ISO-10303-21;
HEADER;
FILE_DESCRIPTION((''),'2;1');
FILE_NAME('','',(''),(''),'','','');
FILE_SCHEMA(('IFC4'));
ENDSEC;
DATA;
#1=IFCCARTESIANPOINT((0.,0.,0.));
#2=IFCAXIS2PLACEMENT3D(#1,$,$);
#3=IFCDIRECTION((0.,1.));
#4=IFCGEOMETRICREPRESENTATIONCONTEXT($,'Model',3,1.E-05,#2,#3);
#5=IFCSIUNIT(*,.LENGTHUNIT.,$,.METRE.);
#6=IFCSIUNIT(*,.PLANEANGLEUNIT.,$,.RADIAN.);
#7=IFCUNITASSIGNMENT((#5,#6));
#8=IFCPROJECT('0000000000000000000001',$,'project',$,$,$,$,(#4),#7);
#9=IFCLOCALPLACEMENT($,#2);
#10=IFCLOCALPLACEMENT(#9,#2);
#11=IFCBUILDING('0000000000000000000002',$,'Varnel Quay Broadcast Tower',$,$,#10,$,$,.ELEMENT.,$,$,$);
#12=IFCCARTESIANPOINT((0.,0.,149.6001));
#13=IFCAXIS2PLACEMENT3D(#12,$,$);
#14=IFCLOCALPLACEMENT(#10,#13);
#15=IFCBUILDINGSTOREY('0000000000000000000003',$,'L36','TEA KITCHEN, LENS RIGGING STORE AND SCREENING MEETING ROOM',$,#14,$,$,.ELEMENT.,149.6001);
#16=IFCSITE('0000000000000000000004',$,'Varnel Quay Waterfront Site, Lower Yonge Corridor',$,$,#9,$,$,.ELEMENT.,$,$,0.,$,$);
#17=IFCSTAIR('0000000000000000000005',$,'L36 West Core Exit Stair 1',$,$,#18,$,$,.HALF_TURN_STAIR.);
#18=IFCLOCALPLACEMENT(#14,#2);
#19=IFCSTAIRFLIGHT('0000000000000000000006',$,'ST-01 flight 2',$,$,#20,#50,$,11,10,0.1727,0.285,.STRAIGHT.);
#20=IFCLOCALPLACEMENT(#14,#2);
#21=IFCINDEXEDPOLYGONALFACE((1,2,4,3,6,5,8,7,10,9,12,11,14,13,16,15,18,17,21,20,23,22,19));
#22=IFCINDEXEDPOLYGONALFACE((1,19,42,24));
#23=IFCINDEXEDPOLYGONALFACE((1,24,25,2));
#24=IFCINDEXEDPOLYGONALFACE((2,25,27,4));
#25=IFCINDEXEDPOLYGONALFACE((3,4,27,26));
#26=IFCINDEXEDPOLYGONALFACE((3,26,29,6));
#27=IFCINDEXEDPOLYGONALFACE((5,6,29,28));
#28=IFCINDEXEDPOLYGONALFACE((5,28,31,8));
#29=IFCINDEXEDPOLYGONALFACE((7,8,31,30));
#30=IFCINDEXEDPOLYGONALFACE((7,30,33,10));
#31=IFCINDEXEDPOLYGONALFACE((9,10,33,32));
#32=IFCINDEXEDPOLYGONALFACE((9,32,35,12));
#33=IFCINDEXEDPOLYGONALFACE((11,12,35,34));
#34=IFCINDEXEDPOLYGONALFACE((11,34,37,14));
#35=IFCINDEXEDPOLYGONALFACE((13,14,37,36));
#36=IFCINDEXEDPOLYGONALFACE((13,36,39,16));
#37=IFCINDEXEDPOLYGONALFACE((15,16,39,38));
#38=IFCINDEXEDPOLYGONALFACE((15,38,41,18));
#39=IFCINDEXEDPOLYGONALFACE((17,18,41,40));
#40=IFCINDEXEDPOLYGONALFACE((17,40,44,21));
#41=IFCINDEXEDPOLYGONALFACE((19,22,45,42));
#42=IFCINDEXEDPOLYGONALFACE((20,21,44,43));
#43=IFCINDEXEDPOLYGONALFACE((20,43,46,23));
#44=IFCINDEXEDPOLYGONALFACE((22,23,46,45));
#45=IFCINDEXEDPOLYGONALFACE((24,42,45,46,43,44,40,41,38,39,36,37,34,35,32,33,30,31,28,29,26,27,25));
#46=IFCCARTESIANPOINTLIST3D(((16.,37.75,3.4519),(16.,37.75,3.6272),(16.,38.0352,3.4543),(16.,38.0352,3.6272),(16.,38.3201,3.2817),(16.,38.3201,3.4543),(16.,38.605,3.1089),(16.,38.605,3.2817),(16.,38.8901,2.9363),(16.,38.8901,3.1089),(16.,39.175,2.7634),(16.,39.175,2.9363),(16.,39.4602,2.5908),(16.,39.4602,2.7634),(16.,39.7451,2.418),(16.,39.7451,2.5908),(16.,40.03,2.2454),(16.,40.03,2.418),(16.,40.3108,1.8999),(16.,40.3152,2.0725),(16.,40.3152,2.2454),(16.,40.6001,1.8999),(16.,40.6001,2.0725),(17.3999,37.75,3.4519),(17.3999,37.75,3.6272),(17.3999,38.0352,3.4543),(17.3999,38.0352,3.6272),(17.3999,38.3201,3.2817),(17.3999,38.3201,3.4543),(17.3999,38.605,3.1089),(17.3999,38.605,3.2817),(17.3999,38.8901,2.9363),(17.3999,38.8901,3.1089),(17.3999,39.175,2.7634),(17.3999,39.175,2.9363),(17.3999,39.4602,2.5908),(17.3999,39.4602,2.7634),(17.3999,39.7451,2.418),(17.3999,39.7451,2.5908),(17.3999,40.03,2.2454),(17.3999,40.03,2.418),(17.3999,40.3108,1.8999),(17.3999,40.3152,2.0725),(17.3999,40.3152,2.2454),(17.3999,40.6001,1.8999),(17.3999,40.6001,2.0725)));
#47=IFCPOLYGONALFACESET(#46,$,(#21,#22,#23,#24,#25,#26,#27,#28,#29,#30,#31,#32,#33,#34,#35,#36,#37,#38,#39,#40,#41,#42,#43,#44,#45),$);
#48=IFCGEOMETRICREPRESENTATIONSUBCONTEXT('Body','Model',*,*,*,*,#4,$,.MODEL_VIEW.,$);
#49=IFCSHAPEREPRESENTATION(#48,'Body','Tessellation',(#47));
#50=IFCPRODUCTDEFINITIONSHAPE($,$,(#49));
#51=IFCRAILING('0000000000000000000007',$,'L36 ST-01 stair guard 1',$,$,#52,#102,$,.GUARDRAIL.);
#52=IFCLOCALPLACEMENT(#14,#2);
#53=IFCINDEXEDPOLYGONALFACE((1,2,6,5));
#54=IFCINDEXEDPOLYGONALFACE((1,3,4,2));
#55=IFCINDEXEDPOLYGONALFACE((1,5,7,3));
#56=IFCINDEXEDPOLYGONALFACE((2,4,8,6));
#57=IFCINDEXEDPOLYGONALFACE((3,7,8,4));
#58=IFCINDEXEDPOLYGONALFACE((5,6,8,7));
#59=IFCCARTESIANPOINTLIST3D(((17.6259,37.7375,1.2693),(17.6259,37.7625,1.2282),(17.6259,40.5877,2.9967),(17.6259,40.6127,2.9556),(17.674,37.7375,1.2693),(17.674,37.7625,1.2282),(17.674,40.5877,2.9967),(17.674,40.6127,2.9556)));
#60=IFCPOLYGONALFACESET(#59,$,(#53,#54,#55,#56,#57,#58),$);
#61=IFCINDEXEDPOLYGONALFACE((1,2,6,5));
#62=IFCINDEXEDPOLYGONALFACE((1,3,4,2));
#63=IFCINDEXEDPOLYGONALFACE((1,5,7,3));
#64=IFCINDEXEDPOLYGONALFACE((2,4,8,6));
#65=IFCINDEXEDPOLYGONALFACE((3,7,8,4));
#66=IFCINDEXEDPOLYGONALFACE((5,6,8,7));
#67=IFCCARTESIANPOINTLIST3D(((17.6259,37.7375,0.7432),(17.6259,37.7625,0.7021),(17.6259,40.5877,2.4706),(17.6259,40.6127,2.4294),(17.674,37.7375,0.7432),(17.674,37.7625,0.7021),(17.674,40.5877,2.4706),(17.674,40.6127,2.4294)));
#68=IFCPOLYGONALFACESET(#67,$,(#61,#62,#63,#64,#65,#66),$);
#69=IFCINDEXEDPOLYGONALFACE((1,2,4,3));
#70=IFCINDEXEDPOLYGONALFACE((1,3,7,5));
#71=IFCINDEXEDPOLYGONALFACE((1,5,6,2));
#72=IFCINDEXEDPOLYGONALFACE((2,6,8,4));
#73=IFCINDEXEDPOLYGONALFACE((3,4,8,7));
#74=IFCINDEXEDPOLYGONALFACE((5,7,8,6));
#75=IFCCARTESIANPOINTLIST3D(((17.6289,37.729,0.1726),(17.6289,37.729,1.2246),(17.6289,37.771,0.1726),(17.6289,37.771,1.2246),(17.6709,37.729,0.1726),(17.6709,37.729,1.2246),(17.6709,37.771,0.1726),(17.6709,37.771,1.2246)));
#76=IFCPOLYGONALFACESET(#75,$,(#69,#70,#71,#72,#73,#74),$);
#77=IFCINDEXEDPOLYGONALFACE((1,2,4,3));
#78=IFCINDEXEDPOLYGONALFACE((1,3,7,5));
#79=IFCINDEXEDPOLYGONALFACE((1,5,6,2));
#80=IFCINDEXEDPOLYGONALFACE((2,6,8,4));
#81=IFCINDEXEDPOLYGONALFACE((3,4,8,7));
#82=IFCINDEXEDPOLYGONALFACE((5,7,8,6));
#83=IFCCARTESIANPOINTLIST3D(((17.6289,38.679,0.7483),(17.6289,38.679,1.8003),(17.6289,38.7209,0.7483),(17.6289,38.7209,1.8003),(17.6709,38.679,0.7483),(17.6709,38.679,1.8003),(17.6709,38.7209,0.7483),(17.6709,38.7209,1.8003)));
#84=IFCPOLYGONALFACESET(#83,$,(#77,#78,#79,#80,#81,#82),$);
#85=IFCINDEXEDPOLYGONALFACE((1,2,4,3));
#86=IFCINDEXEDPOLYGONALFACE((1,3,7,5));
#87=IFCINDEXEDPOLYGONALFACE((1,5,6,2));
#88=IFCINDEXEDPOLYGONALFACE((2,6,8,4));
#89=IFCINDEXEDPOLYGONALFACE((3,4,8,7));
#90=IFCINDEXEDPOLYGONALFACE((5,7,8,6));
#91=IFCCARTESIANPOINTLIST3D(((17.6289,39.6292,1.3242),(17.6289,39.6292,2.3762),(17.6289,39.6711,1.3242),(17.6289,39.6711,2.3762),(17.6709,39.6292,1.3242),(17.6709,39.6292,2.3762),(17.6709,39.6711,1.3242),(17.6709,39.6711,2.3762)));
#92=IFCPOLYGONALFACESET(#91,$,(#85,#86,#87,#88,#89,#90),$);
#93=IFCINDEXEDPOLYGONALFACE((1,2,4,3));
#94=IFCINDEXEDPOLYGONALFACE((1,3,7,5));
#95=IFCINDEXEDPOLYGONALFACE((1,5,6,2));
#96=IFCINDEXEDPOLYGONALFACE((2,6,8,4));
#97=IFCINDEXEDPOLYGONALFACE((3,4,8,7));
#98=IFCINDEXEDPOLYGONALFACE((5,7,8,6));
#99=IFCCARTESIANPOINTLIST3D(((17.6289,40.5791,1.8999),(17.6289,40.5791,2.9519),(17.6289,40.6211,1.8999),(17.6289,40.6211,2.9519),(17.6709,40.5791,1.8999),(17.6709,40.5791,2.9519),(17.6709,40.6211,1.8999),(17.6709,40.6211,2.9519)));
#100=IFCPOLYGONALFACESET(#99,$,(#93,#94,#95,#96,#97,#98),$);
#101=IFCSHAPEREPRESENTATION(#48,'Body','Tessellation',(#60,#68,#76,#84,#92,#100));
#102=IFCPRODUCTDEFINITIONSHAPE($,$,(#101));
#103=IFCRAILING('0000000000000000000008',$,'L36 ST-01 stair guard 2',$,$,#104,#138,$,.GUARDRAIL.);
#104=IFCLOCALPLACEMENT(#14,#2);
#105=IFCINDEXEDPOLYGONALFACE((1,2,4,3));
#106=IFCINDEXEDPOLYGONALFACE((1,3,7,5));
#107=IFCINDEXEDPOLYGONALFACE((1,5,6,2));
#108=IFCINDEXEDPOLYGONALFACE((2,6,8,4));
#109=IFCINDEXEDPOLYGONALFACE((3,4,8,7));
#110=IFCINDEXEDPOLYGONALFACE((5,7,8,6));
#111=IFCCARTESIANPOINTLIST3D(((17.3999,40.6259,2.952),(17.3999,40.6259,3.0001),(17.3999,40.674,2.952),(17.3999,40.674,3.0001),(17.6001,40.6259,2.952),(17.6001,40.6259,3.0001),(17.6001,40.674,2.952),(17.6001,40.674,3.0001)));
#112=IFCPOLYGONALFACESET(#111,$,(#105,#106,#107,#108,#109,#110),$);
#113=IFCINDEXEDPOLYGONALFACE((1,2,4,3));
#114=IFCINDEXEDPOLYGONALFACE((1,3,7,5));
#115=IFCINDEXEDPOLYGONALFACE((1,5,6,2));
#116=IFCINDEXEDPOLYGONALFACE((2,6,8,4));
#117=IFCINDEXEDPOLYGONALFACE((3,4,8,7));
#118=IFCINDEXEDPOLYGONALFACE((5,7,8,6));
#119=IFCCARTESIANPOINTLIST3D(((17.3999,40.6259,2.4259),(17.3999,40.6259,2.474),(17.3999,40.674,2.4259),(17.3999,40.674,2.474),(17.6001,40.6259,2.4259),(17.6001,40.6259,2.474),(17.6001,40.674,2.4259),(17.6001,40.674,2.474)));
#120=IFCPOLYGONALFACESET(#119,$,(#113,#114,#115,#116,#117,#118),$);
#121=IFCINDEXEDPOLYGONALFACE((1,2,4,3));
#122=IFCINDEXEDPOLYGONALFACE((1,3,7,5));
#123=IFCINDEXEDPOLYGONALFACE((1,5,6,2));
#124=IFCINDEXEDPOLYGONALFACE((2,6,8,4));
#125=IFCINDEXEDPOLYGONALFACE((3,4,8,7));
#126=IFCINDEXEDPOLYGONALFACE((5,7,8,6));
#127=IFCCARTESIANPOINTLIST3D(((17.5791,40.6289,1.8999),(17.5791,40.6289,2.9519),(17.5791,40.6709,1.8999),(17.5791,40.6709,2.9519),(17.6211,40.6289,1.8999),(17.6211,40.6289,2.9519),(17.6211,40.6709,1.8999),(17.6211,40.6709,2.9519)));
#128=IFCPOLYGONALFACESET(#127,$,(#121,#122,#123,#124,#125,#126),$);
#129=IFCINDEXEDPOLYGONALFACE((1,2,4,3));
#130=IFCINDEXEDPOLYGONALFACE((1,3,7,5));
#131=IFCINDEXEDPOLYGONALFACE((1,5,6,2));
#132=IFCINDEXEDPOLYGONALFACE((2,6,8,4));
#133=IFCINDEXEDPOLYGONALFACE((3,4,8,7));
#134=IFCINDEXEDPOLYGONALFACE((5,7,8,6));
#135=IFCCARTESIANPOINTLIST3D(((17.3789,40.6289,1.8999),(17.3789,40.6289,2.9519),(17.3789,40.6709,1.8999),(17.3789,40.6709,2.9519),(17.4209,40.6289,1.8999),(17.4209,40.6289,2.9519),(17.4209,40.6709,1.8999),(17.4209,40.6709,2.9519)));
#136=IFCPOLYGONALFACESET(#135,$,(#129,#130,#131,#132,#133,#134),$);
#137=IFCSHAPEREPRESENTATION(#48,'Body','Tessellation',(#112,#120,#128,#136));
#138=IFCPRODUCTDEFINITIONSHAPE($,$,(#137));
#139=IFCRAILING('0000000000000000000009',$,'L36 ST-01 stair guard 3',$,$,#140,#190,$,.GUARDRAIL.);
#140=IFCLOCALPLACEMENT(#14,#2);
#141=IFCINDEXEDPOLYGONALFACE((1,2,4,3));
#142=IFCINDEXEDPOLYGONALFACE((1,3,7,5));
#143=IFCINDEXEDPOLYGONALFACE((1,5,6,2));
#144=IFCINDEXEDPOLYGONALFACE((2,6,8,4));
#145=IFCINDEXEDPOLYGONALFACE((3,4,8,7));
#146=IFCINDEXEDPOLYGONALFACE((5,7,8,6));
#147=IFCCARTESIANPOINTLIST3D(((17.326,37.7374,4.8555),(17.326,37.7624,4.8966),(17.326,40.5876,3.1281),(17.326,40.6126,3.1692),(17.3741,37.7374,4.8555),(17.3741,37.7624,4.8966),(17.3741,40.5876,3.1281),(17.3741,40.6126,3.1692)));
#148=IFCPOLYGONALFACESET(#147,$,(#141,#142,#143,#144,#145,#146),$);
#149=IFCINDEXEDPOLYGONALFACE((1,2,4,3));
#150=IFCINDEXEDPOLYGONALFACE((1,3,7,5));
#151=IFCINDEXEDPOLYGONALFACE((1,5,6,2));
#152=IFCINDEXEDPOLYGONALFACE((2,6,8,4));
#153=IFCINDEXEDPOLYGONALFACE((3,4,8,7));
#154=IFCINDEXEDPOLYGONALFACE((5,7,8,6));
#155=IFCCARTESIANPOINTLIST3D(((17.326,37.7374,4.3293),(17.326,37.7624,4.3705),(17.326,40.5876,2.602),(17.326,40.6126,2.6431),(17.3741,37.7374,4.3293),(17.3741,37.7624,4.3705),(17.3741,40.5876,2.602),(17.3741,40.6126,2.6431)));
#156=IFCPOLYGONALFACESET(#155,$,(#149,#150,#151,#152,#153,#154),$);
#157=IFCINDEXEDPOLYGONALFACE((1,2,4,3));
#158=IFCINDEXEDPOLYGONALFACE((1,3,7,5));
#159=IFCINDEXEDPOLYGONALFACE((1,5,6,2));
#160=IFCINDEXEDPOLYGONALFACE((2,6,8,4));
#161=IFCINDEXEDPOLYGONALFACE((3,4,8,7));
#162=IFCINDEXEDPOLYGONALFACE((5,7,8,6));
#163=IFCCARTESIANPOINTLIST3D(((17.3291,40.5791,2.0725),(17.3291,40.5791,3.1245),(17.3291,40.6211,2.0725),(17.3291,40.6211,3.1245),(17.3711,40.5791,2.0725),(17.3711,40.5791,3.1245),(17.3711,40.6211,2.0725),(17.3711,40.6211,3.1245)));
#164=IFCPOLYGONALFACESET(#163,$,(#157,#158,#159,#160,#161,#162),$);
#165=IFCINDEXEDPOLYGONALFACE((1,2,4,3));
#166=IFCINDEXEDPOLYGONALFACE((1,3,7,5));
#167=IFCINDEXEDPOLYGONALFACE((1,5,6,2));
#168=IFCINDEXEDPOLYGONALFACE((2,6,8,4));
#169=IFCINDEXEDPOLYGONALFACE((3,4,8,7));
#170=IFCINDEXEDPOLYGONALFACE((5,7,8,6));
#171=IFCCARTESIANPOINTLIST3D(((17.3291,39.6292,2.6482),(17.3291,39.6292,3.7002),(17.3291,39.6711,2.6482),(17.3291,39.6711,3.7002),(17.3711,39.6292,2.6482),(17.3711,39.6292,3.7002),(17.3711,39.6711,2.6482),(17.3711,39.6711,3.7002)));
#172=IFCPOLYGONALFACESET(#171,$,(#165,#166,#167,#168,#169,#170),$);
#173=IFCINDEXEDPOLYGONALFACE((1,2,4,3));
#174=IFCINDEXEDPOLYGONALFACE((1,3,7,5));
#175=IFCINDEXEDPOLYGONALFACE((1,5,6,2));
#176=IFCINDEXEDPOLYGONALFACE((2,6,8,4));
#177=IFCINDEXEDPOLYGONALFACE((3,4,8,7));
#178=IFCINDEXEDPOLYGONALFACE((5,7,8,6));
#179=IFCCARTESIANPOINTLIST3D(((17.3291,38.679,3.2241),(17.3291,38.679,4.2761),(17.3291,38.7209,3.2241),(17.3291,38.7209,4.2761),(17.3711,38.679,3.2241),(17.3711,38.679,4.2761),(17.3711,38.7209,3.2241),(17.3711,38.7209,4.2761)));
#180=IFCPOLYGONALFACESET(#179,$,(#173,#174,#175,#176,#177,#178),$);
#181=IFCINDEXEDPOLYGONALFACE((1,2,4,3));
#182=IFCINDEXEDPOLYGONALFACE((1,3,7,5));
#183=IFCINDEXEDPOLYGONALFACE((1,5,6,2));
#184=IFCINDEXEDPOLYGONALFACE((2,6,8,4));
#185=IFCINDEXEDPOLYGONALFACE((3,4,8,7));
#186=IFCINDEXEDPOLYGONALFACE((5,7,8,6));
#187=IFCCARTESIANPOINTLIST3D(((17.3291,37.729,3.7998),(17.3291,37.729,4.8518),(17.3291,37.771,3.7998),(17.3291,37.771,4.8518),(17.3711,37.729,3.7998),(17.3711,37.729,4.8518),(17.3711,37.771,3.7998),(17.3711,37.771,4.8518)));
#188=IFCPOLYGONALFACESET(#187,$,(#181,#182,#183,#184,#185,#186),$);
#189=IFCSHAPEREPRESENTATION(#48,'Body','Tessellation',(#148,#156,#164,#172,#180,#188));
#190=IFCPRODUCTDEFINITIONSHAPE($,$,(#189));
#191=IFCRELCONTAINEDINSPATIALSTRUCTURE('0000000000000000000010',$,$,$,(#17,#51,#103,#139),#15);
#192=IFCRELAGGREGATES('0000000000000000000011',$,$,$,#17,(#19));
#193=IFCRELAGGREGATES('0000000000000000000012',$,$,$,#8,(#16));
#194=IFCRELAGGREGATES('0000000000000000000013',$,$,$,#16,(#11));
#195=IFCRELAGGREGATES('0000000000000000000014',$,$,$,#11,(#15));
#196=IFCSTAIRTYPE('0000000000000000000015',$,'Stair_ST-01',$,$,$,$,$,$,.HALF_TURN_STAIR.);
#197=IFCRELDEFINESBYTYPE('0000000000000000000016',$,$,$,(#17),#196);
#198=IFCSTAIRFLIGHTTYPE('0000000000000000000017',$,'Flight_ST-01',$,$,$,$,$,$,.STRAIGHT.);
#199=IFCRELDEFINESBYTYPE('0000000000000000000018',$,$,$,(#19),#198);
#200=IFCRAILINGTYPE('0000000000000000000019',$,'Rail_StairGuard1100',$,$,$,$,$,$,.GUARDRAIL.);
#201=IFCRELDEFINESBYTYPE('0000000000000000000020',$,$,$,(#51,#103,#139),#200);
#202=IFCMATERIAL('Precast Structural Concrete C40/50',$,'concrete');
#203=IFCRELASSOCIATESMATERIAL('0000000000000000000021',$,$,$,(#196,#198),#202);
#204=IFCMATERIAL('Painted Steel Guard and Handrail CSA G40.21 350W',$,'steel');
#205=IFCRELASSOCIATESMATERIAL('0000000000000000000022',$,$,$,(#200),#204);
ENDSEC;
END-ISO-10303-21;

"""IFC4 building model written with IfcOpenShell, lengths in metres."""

from ifc_helpers import new_model, si_unit, direction, frame, origin, origin_2d, place, context, subcontext, project, spatial, polyline, rectangle, outline, extrude, material, type_object, element, aggregate, save


model = new_model("IFC4")

# Units and contexts
model_context = context("Model", 3, precision=1e-05, world=origin(), true_north=direction((0.0, 1.0)))
body_context = subcontext(model_context, "Body", "Model", "MODEL_VIEW")
ifc_project = project(units=[si_unit("LENGTHUNIT", "METRE"), si_unit("PLANEANGLEUNIT", "RADIAN")], contexts=[model_context])

# Site, building, storey
site_placement = place(None, origin())
site = spatial("IfcSite", under=ifc_project, at=site_placement, Name="Varnel Quay Waterfront Site, Lower Yonge Corridor", CompositionType="ELEMENT", RefElevation=0.0)
building_placement = place(site_placement, origin())
building = spatial("IfcBuilding", under=site, at=building_placement, Name="Varnel Quay Broadcast Tower", CompositionType="ELEMENT")
storey_placement = place(building_placement, frame((0.0, 0.0, 149.6001)))
storey = spatial("IfcBuildingStorey", under=building, at=storey_placement, Name="L36", Description="TEA KITCHEN, LENS RIGGING STORE AND SCREENING MEETING ROOM", CompositionType="ELEMENT", Elevation=149.6001)

# Stair, stair flight
ifc_material_1 = material(Name="Precast Structural Concrete C40/50", Category="concrete")
stair_type = type_object("IfcStairType", Name="Stair_ST-01", PredefinedType="HALF_TURN_STAIR", material=ifc_material_1)
stair_placement = place(storey_placement, origin())
stair = element("IfcStair", 1, at=stair_placement, inside=storey, type_object=stair_type, Name="L36 West Core Exit Stair 1", PredefinedType="HALF_TURN_STAIR")
stair_flight_type = type_object("IfcStairFlightType", Name="Flight_ST-01", PredefinedType="STRAIGHT", material=ifc_material_1)
stair_flight_1_placement = place(storey_placement, frame((16.7, 40.6001, 1.8999), z_axis=(0.0, 0.0, 1.0), x_axis=(0.0, -1.0, 0.0)))
stair_flight_1 = element("IfcStairFlight", 2, at=stair_flight_1_placement, type_object=stair_flight_type, Name="ST-01 flight 2", NumberOfRisers=11, NumberOfTreads=10, PredefinedType="STRAIGHT", RiserHeight=0.1727, TreadLength=0.285, context=body_context, shape_type="SweptSolid", body=[
    extrude(outline(polyline([(0.0, 0.0), (0.0, 0.1726), (0.2849, 0.1726), (0.2849, 0.3455), (0.5701, 0.3455), (0.5701, 0.5181), (0.855, 0.5181), (0.855, 0.6909), (1.1399, 0.6909), (1.1399, 0.8635), (1.425, 0.8635), (1.425, 1.0364), (1.71, 1.0364), (1.71, 1.209), (1.9951, 1.209), (1.9951, 1.3818), (2.28, 1.3818), (2.28, 1.5544), (2.5649, 1.5544), (2.5649, 1.7273), (2.8501, 1.7273), (2.8501, 1.8999), (2.8501, 1.552), (0.2893, 0.0), (0.0, 0.0)])), frame((0.0, 0.7, 0.0), z_axis=(0.0, -1.0, 0.0), x_axis=(1.0, 0.0, 0.0)), (0.0, 0.0, 1.0), 1.3999),
])
aggregate(stair, [stair_flight_1])

# Railings
ifc_material_2 = material(Name="Painted Steel Guard and Handrail CSA G40.21 350W", Category="steel")
railing_type_1 = type_object("IfcRailingType", Name="Rail_StairGuard1100", PredefinedType="GUARDRAIL", material=ifc_material_2)
railing_1_placement = place(storey_placement, frame((17.6499, 37.75, 0.1726)))
element("IfcRailing", 3, at=railing_1_placement, inside=storey, type_object=railing_type_1, Name="L36 ST-01 stair guard 1", PredefinedType="GUARDRAIL", context=body_context, shape_type="SweptSolid", body=[
    extrude(rectangle(XDim=0.0481, YDim=0.0481, at=origin_2d()), frame((0.0, 0.0, 1.0762), z_axis=(0.0, 0.855203, 0.518294), x_axis=(-1.0, 0.0, 0.0)), (0.0, 0.0, 1.0), 3.3328),
    extrude(rectangle(XDim=0.0481, YDim=0.0481, at=origin_2d()), frame((0.0, 0.0, 0.55), z_axis=(0.0, 0.855203, 0.518294), x_axis=(-1.0, 0.0, 0.0)), (0.0, 0.0, 1.0), 3.3328),
    extrude(rectangle(XDim=0.042, YDim=0.042, at=origin_2d()), origin(), (0.0, 0.0, 1.0), 1.052),
    extrude(rectangle(XDim=0.042, YDim=0.042, at=origin_2d()), frame((0.0, 0.95, 0.5757)), (0.0, 0.0, 1.0), 1.052),
    extrude(rectangle(XDim=0.042, YDim=0.042, at=origin_2d()), frame((0.0, 1.9001, 1.1516)), (0.0, 0.0, 1.0), 1.052),
    extrude(rectangle(XDim=0.042, YDim=0.042, at=origin_2d()), frame((0.0, 2.8501, 1.7273)), (0.0, 0.0, 1.0), 1.052),
])
railing_2_placement = place(storey_placement, frame((17.6001, 40.6499, 1.8999)))
element("IfcRailing", 4, at=railing_2_placement, inside=storey, type_object=railing_type_1, Name="L36 ST-01 stair guard 2", PredefinedType="GUARDRAIL", context=body_context, shape_type="SweptSolid", body=[
    extrude(rectangle(XDim=0.0481, YDim=0.0481, at=origin_2d()), frame((0.0, 0.0, 1.0762), z_axis=(-1.0, 0.0, 0.0), x_axis=(0.0, -1.0, 0.0)), (0.0, 0.0, 1.0), 0.2002),
    extrude(rectangle(XDim=0.0481, YDim=0.0481, at=origin_2d()), frame((0.0, 0.0, 0.55), z_axis=(-1.0, 0.0, 0.0), x_axis=(0.0, -1.0, 0.0)), (0.0, 0.0, 1.0), 0.2002),
    extrude(rectangle(XDim=0.042, YDim=0.042, at=origin_2d()), origin(), (0.0, 0.0, 1.0), 1.052),
    extrude(rectangle(XDim=0.042, YDim=0.042, at=origin_2d()), frame((-0.2002, 0.0, 0.0)), (0.0, 0.0, 1.0), 1.052),
])
railing_3_placement = place(storey_placement, frame((17.3501, 40.6001, 2.0725)))
element("IfcRailing", 5, at=railing_3_placement, inside=storey, type_object=railing_type_1, Name="L36 ST-01 stair guard 3", PredefinedType="GUARDRAIL", context=body_context, shape_type="SweptSolid", body=[
    extrude(rectangle(XDim=0.0481, YDim=0.0481, at=origin_2d()), frame((0.0, 0.0, 1.0762), z_axis=(0.0, -0.855203, 0.518294), x_axis=(1.0, 0.0, 0.0)), (0.0, 0.0, 1.0), 3.3328),
    extrude(rectangle(XDim=0.0481, YDim=0.0481, at=origin_2d()), frame((0.0, 0.0, 0.55), z_axis=(0.0, -0.855203, 0.518294), x_axis=(1.0, 0.0, 0.0)), (0.0, 0.0, 1.0), 3.3328),
    extrude(rectangle(XDim=0.042, YDim=0.042, at=origin_2d()), origin(), (0.0, 0.0, 1.0), 1.052),
    extrude(rectangle(XDim=0.042, YDim=0.042, at=origin_2d()), frame((0.0, -0.95, 0.5757)), (0.0, 0.0, 1.0), 1.052),
    extrude(rectangle(XDim=0.042, YDim=0.042, at=origin_2d()), frame((0.0, -1.9001, 1.1516)), (0.0, 0.0, 1.0), 1.052),
    extrude(rectangle(XDim=0.042, YDim=0.042, at=origin_2d()), frame((0.0, -2.8501, 1.7273)), (0.0, 0.0, 1.0), 1.052),
])

save(model, "model.ifc")
